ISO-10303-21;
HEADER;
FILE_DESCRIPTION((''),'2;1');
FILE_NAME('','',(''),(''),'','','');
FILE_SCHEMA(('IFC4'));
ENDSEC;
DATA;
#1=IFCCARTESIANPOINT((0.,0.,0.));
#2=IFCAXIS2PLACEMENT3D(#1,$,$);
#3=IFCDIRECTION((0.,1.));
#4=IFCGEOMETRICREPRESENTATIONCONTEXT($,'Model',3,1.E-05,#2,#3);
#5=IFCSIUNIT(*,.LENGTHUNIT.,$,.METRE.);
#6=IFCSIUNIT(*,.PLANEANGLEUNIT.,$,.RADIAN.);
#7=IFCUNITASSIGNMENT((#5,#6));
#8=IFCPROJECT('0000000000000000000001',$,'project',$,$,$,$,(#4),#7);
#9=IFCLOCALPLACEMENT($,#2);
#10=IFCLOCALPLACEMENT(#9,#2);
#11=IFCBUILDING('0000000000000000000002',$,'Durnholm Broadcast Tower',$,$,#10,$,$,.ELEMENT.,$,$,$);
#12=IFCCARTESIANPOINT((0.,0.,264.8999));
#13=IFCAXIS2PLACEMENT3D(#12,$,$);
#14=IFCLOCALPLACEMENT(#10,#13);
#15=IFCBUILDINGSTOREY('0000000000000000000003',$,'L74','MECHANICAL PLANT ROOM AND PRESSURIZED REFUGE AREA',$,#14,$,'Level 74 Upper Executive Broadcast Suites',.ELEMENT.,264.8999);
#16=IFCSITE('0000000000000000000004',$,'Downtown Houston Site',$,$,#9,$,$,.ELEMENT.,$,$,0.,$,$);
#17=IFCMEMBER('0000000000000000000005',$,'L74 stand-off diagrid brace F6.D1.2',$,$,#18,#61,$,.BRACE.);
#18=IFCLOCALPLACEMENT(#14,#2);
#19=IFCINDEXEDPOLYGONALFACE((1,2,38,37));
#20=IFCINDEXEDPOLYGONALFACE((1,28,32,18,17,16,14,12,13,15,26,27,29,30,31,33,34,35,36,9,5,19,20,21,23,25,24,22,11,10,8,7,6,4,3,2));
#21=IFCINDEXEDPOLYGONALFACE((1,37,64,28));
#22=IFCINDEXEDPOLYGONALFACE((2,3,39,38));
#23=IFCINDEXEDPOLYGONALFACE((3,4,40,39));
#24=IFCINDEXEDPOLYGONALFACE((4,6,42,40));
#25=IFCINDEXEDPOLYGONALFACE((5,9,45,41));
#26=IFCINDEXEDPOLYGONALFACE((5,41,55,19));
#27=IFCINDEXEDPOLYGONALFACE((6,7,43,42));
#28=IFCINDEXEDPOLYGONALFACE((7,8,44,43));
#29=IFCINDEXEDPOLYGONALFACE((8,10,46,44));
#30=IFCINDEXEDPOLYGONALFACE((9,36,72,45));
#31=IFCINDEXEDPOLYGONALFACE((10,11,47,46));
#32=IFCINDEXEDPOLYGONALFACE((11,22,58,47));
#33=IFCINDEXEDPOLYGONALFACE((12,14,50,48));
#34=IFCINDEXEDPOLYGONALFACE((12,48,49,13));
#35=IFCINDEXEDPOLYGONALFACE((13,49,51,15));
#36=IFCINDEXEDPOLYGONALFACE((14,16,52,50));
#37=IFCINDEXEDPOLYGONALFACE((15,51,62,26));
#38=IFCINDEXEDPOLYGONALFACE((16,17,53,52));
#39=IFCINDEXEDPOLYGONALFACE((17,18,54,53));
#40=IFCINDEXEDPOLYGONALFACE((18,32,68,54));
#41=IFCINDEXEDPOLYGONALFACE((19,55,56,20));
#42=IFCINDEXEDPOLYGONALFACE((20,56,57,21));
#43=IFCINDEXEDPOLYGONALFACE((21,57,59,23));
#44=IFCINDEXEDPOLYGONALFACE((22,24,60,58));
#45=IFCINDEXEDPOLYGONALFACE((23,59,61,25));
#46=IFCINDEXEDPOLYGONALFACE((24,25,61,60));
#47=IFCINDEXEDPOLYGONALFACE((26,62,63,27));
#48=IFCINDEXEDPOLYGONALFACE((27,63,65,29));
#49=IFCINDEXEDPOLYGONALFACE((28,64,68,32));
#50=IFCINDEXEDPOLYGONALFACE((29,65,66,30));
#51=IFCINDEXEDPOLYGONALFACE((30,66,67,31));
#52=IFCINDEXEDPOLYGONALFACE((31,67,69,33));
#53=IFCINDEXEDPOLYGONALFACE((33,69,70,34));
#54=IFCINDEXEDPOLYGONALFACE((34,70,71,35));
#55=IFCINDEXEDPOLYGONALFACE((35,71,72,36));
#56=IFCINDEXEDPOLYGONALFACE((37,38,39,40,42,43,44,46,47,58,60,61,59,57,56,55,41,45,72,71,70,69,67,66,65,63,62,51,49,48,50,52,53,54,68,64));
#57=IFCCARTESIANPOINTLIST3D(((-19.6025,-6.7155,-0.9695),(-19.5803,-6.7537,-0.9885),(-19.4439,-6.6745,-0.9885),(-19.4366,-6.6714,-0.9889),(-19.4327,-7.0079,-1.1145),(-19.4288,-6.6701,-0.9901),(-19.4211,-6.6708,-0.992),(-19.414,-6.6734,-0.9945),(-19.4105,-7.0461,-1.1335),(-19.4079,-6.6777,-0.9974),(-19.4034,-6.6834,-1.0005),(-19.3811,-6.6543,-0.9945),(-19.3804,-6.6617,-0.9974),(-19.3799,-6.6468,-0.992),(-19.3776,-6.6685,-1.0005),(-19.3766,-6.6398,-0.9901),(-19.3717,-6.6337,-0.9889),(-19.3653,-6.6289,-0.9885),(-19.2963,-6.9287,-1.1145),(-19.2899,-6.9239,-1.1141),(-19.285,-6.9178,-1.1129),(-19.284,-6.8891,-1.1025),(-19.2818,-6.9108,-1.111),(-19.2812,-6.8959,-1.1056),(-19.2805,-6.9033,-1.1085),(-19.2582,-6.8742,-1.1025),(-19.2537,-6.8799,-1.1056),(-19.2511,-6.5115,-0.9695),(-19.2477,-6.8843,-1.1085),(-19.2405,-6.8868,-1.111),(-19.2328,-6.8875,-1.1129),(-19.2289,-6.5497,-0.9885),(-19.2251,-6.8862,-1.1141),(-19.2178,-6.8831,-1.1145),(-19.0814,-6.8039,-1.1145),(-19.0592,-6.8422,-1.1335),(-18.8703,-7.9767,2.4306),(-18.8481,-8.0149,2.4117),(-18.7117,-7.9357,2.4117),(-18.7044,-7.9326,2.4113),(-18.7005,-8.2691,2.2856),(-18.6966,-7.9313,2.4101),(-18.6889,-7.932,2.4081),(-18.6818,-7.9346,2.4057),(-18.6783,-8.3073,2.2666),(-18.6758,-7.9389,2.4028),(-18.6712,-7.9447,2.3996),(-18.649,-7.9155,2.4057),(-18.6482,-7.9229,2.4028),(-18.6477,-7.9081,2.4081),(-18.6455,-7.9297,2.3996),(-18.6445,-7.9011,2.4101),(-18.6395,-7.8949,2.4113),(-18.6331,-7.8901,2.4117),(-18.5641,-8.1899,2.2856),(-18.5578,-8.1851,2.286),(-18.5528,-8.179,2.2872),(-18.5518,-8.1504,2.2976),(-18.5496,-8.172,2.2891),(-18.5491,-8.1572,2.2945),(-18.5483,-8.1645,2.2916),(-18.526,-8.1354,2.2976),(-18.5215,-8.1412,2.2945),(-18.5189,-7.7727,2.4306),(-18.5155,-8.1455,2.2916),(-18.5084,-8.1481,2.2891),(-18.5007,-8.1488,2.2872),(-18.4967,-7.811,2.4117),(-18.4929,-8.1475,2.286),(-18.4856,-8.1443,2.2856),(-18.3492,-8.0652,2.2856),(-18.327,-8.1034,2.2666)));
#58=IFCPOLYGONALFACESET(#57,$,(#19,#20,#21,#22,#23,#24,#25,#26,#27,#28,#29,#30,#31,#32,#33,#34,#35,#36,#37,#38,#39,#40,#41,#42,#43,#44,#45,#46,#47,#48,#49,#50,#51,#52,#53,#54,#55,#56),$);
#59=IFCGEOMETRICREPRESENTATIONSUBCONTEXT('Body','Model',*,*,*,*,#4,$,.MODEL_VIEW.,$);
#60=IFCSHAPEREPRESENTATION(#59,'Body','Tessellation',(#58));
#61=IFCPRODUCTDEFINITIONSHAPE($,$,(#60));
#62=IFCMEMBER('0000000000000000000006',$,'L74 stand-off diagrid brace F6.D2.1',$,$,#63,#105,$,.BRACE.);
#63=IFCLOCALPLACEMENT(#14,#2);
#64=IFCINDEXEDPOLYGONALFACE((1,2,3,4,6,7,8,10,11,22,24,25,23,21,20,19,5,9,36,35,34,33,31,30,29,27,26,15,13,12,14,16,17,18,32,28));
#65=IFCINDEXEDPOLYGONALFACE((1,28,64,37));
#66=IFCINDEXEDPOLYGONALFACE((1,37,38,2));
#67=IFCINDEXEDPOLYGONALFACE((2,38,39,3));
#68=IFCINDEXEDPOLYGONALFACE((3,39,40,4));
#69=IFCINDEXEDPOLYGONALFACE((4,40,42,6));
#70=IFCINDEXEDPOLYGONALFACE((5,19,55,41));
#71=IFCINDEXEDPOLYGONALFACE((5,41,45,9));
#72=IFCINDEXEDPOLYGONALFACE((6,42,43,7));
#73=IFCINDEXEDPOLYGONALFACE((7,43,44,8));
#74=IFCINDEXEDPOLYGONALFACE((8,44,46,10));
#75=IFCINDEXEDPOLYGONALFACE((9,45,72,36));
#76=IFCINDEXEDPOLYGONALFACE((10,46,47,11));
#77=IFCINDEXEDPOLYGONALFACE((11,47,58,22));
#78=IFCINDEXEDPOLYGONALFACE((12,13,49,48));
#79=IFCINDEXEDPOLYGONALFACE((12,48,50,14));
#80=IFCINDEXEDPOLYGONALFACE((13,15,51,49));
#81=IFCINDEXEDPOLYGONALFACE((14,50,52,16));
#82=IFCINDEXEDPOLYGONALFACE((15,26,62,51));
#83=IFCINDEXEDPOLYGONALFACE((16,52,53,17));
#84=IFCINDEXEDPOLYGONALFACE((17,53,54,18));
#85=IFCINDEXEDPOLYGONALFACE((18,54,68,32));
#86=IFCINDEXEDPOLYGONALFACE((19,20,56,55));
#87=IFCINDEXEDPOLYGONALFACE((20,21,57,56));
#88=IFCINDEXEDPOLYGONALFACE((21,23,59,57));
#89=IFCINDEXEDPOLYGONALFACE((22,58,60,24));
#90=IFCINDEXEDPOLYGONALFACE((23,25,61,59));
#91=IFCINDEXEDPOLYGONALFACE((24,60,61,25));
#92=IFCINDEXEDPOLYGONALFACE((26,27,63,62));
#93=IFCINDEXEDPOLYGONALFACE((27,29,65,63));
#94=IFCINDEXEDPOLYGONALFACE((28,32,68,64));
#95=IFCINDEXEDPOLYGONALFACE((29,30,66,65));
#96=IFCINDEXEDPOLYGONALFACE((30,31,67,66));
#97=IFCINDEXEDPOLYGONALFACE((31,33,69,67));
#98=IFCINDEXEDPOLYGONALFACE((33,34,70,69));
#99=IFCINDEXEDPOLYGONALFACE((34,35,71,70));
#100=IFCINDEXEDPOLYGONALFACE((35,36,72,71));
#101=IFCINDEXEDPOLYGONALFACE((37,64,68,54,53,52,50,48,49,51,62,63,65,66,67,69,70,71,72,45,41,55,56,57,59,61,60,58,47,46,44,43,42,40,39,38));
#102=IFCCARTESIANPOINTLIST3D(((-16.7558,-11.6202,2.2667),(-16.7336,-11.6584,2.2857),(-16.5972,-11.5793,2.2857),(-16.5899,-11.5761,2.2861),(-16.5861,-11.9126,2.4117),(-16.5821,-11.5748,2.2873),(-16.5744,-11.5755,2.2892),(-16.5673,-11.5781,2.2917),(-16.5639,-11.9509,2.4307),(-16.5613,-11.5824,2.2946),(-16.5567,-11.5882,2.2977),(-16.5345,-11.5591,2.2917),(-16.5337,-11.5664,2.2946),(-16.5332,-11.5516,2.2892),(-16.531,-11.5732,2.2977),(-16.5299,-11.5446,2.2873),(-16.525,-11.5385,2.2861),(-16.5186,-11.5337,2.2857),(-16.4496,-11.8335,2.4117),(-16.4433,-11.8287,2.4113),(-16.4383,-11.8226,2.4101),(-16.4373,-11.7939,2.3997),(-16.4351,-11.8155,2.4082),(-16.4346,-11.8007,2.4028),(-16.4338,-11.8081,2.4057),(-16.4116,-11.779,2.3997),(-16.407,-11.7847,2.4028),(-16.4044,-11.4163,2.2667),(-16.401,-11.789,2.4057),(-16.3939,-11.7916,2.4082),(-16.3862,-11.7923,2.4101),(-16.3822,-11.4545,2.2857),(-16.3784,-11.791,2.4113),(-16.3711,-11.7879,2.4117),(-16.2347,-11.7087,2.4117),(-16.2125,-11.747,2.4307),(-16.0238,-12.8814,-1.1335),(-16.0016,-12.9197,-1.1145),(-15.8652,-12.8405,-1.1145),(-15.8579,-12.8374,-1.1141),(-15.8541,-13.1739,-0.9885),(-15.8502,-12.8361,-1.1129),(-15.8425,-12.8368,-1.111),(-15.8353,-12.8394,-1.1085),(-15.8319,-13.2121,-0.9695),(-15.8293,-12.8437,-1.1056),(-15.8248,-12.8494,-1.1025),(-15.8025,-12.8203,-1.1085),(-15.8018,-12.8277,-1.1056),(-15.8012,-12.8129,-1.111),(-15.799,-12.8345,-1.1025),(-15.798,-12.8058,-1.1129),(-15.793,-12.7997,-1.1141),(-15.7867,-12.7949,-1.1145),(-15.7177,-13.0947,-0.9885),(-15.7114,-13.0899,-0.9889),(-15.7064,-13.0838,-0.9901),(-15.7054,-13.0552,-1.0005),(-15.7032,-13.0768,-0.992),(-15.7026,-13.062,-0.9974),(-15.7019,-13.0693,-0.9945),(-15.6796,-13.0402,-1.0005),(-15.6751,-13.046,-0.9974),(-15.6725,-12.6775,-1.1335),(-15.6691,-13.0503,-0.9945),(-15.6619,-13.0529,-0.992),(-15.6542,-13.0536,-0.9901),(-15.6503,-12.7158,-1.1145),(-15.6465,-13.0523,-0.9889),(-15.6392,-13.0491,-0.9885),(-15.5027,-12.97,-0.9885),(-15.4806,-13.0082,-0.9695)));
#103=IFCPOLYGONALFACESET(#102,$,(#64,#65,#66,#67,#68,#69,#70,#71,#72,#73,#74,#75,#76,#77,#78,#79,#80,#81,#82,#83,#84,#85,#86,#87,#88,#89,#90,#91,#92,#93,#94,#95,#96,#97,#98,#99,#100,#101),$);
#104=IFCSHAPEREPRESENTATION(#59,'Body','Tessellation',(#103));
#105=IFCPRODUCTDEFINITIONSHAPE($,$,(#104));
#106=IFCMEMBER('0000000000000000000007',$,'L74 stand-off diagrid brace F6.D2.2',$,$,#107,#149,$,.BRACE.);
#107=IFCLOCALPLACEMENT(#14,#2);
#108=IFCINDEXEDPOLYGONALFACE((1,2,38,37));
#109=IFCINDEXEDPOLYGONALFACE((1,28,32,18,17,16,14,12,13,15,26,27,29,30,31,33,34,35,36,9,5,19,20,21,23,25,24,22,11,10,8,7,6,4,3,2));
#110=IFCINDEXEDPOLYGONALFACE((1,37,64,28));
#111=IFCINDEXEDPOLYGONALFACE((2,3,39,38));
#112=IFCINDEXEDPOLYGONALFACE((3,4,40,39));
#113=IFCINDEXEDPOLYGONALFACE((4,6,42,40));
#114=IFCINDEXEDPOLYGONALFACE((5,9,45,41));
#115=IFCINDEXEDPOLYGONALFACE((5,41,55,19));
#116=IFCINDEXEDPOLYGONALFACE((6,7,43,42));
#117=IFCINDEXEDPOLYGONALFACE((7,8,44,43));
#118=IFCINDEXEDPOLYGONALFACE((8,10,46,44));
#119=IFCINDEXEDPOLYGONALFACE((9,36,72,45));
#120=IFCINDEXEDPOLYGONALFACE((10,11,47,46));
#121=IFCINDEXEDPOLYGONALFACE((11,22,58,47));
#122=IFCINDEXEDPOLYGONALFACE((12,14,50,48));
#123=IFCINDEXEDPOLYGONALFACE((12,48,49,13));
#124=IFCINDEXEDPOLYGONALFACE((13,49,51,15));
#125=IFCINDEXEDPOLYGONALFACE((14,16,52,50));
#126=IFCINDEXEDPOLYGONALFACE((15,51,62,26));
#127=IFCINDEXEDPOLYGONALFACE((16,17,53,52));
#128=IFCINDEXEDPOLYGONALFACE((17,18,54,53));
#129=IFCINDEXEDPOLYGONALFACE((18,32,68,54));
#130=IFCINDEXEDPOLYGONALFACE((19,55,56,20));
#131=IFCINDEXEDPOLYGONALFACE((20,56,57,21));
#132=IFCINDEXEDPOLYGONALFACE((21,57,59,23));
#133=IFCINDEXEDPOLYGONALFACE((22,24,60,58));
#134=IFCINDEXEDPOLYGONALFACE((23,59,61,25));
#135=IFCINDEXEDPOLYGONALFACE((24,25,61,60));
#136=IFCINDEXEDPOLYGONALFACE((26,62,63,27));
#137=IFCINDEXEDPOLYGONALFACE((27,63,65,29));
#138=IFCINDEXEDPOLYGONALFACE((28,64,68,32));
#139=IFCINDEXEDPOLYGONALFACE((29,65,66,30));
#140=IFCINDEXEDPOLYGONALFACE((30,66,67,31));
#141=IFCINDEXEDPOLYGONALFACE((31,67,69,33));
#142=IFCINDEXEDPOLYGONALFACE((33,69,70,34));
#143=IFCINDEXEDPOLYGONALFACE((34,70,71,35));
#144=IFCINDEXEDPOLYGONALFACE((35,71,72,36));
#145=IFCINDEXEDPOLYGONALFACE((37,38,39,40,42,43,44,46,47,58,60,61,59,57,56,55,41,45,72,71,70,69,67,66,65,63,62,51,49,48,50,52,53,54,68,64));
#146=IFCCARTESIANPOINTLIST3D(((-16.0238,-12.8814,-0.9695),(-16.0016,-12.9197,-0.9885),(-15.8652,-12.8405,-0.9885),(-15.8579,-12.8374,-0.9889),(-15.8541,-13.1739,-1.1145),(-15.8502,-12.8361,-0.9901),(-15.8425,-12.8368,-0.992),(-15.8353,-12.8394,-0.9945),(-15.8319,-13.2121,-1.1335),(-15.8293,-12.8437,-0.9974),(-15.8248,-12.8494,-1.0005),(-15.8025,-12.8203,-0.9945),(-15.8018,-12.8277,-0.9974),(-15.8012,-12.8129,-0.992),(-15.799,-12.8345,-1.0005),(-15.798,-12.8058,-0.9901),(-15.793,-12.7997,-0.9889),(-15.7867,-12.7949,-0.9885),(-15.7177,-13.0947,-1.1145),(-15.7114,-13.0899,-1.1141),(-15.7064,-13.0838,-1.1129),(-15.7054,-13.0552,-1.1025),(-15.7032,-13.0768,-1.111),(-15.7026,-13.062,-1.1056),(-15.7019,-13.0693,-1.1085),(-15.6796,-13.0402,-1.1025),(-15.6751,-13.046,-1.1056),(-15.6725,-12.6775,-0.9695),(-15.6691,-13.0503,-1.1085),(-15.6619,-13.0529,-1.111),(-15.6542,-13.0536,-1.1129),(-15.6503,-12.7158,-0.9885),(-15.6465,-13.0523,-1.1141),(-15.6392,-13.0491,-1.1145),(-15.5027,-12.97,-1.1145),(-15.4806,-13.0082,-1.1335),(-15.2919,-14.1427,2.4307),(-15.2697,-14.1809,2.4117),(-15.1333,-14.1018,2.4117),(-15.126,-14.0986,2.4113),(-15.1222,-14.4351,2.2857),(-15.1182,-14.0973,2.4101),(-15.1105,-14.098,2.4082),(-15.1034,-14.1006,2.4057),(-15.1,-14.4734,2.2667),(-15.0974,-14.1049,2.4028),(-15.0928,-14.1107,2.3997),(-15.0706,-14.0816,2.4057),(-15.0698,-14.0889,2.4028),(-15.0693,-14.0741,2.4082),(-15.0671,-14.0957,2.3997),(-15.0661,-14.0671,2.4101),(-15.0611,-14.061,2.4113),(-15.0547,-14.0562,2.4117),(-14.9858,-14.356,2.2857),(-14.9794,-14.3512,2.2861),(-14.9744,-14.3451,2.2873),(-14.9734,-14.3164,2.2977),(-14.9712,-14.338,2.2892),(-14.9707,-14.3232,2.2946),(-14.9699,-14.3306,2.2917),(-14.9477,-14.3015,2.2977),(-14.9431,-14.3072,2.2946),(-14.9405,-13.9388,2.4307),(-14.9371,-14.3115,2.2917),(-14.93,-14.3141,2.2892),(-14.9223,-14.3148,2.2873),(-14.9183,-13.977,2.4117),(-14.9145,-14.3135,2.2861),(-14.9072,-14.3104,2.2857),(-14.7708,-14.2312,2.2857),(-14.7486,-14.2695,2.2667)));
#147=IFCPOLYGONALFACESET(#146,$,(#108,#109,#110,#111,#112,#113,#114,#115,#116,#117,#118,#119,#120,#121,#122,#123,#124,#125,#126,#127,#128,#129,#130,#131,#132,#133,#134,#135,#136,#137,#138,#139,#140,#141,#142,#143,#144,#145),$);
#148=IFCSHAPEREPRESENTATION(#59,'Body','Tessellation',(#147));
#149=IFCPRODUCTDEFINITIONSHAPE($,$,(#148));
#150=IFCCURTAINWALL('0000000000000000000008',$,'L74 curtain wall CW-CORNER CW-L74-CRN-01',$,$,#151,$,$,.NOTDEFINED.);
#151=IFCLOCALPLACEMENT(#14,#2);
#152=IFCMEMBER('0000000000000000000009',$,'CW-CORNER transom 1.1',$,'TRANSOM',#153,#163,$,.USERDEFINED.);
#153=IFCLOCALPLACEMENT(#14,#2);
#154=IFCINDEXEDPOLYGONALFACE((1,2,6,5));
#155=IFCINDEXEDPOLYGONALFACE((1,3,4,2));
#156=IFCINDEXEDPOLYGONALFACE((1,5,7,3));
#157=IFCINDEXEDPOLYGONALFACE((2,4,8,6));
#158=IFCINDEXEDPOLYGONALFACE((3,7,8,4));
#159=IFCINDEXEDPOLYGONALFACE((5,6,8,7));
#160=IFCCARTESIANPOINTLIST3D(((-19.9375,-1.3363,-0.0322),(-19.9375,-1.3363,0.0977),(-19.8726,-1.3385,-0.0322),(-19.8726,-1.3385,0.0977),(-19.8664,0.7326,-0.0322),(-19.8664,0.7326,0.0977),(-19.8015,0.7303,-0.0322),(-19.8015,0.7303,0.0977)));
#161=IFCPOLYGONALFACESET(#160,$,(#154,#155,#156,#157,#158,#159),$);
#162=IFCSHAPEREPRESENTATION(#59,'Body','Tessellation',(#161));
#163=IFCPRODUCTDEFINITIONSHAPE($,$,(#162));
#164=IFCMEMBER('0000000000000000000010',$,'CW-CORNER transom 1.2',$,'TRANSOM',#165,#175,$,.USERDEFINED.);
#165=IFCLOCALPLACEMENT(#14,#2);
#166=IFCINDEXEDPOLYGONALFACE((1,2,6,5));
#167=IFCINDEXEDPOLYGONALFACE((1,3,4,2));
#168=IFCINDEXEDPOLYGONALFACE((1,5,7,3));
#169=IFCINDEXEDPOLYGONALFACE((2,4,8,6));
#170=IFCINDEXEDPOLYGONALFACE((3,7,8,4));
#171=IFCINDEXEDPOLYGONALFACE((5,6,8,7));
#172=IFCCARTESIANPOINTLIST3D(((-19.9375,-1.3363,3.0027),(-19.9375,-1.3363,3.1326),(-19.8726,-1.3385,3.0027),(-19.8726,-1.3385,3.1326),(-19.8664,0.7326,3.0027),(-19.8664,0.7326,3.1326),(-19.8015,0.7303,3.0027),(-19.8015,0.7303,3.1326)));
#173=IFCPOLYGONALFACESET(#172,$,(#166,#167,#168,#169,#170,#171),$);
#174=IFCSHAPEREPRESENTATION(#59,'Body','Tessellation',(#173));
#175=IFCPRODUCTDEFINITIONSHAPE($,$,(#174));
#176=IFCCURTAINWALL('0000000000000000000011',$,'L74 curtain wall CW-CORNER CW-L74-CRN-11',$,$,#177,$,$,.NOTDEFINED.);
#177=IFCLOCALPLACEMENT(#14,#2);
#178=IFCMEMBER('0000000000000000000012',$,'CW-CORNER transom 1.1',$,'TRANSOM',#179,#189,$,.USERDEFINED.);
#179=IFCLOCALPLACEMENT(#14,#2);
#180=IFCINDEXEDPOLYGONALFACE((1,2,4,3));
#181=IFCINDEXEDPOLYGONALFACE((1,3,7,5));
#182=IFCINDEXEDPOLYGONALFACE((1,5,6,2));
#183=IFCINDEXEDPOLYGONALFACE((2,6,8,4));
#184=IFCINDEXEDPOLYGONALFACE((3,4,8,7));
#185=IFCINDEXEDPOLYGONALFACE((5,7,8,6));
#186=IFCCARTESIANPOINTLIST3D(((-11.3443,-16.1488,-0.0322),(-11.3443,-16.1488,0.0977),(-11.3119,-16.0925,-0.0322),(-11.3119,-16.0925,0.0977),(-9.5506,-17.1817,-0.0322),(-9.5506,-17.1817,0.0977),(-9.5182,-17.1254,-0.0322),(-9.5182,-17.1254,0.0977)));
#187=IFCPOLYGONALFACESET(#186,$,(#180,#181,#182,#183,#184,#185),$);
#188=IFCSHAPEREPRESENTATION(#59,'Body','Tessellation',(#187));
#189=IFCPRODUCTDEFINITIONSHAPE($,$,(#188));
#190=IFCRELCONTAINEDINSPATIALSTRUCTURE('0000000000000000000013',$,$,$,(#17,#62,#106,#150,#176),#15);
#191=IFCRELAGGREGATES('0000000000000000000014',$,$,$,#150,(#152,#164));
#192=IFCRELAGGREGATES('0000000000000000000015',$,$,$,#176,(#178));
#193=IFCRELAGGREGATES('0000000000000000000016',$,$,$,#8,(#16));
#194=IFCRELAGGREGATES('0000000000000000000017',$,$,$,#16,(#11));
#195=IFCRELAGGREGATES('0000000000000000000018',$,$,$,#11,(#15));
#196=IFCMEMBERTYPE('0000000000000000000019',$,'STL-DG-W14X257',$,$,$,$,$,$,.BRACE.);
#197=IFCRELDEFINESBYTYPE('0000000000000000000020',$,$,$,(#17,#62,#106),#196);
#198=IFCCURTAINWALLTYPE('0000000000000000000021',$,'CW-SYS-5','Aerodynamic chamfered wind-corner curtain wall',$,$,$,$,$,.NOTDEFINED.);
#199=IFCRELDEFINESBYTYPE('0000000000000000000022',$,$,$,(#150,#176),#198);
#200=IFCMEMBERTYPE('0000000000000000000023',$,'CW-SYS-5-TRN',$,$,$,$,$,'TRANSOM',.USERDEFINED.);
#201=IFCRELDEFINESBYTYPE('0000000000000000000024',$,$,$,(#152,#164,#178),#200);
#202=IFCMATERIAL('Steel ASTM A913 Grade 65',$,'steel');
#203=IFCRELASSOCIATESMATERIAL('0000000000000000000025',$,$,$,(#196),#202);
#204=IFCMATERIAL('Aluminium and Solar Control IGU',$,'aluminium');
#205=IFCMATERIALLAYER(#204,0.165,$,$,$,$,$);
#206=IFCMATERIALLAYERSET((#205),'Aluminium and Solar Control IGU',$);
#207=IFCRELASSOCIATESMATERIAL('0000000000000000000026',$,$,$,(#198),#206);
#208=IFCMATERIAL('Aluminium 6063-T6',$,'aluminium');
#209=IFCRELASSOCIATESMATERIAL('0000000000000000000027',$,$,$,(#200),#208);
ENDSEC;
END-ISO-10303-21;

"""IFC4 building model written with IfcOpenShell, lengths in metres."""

from ifc_helpers import new_model, si_unit, direction, frame, origin, origin_2d, place, context, subcontext, project, spatial, rectangle, i_section, extrude, source, transform, mapped, material, layer, layer_set, material_profile, profile_set, type_object, type_shapes, element, aggregate, save


model = new_model("IFC4")

# Units and contexts
model_context = context("Model", 3, precision=1e-05, world=origin(), true_north=direction((0.0, 1.0)))
body_context = subcontext(model_context, "Body", "Model", "MODEL_VIEW")
ifc_project = project(units=[si_unit("LENGTHUNIT", "METRE"), si_unit("PLANEANGLEUNIT", "RADIAN")], contexts=[model_context])

# Site, building, storey
site_placement = place(None, origin())
site = spatial("IfcSite", under=ifc_project, at=site_placement, Name="Downtown Houston Site", CompositionType="ELEMENT", RefElevation=0.0)
building_placement = place(site_placement, origin())
building = spatial("IfcBuilding", under=site, at=building_placement, Name="Durnholm Broadcast Tower", CompositionType="ELEMENT")
storey_placement = place(building_placement, frame((0.0, 0.0, 264.8999)))
storey = spatial("IfcBuildingStorey", under=building, at=storey_placement, Name="L74", Description="MECHANICAL PLANT ROOM AND PRESSURIZED REFUGE AREA", LongName="Level 74 Upper Executive Broadcast Suites", CompositionType="ELEMENT", Elevation=264.8999)

# Members
ifc_material_1 = material(Name="Steel ASTM A913 Grade 65", Category="steel")
ifc_material_profile_1 = material_profile(ifc_material_1, i_section(OverallWidth=0.4062, OverallDepth=0.416, WebThickness=0.0298, FlangeThickness=0.0481, FilletRadius=0.0305, at=origin_2d()), Name="W14X257")
ifc_profile_set_1 = profile_set([ifc_material_profile_1], Name="Steel ASTM A913 Grade 65")
member_type_1 = type_object("IfcMemberType", Name="STL-DG-W14X257", PredefinedType="BRACE", material=ifc_profile_set_1)
shared_shape_1 = source(origin(), body_context, "Body", "SweptSolid", [
    extrude(i_section(OverallWidth=0.4062, OverallDepth=0.416, WebThickness=0.0298, FlangeThickness=0.0481, FilletRadius=0.0305, at=origin_2d()), origin(), (0.0, 0.0, 1.0), 3.6997),
])
type_shapes(member_type_1, [shared_shape_1])
for number, where, z_axis, x_axis, name in (
    (1, (-19.3308, -6.7788, -1.0515), (0.197902, -0.340901, 0.919033), (0.864833, 0.502059, 0.0), "L74 stand-off diagrid brace F6.D1.2"),
    (2, (-15.7522, -12.9448, -1.0515), (-0.197838, 0.340905, 0.919045), (-0.864906, -0.501934, 0.0), "L74 stand-off diagrid brace F6.D2.1"),
    (3, (-15.7522, -12.9448, -1.0515), (0.197838, -0.340905, 0.919045), (0.864906, 0.501934, 0.0), "L74 stand-off diagrid brace F6.D2.2"),
):
    element("IfcMember", number, at=place(storey_placement, frame(where, z_axis=z_axis, x_axis=x_axis)), inside=storey, type_object=member_type_1, Name=name, PredefinedType="BRACE", context=body_context, shape_type="MappedRepresentation", body=[
        mapped(shared_shape_1, transform((0.0, 0.0, 0.0), x_axis=(1.0, 0.0, 0.0), y_axis=(0.0, 1.0, 0.0), z_axis=(0.0, 0.0, 1.0), scale=1.0)),
    ])

# Curtain wall, members
ifc_material_2 = material(Name="Aluminium and Solar Control IGU", Category="aluminium")
ifc_layer_1 = layer(ifc_material_2, 0.165)
ifc_layer_set_1 = layer_set([ifc_layer_1], Name="Aluminium and Solar Control IGU")
curtain_wall_type_1 = type_object("IfcCurtainWallType", Name="CW-SYS-5", Description="Aerodynamic chamfered wind-corner curtain wall", PredefinedType="NOTDEFINED", material=ifc_layer_set_1)
curtain_wall_1_placement = place(storey_placement, origin())
curtain_wall_1 = element("IfcCurtainWall", 4, at=curtain_wall_1_placement, inside=storey, type_object=curtain_wall_type_1, Name="L74 curtain wall CW-CORNER CW-L74-CRN-01", PredefinedType="NOTDEFINED")
ifc_material_3 = material(Name="Aluminium 6063-T6", Category="aluminium")
ifc_material_profile_2 = material_profile(ifc_material_3, rectangle(XDim=0.0649, YDim=0.1299, at=origin_2d()), Name="CWT65X130")
ifc_profile_set_2 = profile_set([ifc_material_profile_2], Name="Aluminium 6063-T6")
member_type_2 = type_object("IfcMemberType", Name="CW-SYS-5-TRN", ElementType="TRANSOM", PredefinedType="USERDEFINED", material=ifc_profile_set_2)
shared_shape_2 = source(origin(), body_context, "Body", "SweptSolid", [
    extrude(rectangle(XDim=0.0649, YDim=0.1299, at=origin_2d()), origin(), (0.0, 0.0, 1.0), 2.0701),
])
member_1_placement = place(storey_placement, frame((-19.905, -1.3374, 0.0327), z_axis=(0.03432, 0.999411, 0.0), x_axis=(-0.999411, 0.03432, 0.0)))
member_1 = element("IfcMember", 5, at=member_1_placement, type_object=member_type_2, Name="CW-CORNER transom 1.1", ObjectType="TRANSOM", PredefinedType="USERDEFINED", context=body_context, shape_type="MappedRepresentation", body=[
    mapped(shared_shape_2, transform((0.0, 0.0, 0.0), x_axis=(1.0, 0.0, 0.0), y_axis=(0.0, 1.0, 0.0), z_axis=(0.0, 0.0, 1.0), scale=1.0)),
])
member_2_placement = place(storey_placement, frame((-19.905, -1.3374, 3.0676), z_axis=(0.03432, 0.999411, 0.0), x_axis=(-0.999411, 0.03432, 0.0)))
member_2 = element("IfcMember", 6, at=member_2_placement, type_object=member_type_2, Name="CW-CORNER transom 1.2", ObjectType="TRANSOM", PredefinedType="USERDEFINED", context=body_context, shape_type="MappedRepresentation", body=[
    mapped(shared_shape_2, transform((0.0, 0.0, 0.0), x_axis=(1.0, 0.0, 0.0), y_axis=(0.0, 1.0, 0.0), z_axis=(0.0, 0.0, 1.0), scale=1.0)),
])

# Curtain wall, member
curtain_wall_2_placement = place(storey_placement, origin())
curtain_wall_2 = element("IfcCurtainWall", 7, at=curtain_wall_2_placement, inside=storey, type_object=curtain_wall_type_1, Name="L74 curtain wall CW-CORNER CW-L74-CRN-11", PredefinedType="NOTDEFINED")
shared_shape_3 = source(origin(), body_context, "Body", "SweptSolid", [
    extrude(rectangle(XDim=0.0649, YDim=0.1299, at=origin_2d()), origin(), (0.0, 0.0, 1.0), 2.0698),
])
type_shapes(member_type_2, [shared_shape_2, shared_shape_3])
member_3_placement = place(storey_placement, frame((-9.5344, -17.1536, 0.0327), z_axis=(-0.866576, 0.499045, 0.0), x_axis=(-0.499045, -0.866576, 0.0)))
member_3 = element("IfcMember", 8, at=member_3_placement, type_object=member_type_2, Name="CW-CORNER transom 1.1", ObjectType="TRANSOM", PredefinedType="USERDEFINED", context=body_context, shape_type="MappedRepresentation", body=[
    mapped(shared_shape_3, transform((0.0, 0.0, 0.0), x_axis=(1.0, 0.0, 0.0), y_axis=(0.0, 1.0, 0.0), z_axis=(0.0, 0.0, 1.0), scale=1.0)),
])

aggregate(curtain_wall_1, [member_1, member_2])

aggregate(curtain_wall_2, [member_3])

save(model, "model.ifc")
